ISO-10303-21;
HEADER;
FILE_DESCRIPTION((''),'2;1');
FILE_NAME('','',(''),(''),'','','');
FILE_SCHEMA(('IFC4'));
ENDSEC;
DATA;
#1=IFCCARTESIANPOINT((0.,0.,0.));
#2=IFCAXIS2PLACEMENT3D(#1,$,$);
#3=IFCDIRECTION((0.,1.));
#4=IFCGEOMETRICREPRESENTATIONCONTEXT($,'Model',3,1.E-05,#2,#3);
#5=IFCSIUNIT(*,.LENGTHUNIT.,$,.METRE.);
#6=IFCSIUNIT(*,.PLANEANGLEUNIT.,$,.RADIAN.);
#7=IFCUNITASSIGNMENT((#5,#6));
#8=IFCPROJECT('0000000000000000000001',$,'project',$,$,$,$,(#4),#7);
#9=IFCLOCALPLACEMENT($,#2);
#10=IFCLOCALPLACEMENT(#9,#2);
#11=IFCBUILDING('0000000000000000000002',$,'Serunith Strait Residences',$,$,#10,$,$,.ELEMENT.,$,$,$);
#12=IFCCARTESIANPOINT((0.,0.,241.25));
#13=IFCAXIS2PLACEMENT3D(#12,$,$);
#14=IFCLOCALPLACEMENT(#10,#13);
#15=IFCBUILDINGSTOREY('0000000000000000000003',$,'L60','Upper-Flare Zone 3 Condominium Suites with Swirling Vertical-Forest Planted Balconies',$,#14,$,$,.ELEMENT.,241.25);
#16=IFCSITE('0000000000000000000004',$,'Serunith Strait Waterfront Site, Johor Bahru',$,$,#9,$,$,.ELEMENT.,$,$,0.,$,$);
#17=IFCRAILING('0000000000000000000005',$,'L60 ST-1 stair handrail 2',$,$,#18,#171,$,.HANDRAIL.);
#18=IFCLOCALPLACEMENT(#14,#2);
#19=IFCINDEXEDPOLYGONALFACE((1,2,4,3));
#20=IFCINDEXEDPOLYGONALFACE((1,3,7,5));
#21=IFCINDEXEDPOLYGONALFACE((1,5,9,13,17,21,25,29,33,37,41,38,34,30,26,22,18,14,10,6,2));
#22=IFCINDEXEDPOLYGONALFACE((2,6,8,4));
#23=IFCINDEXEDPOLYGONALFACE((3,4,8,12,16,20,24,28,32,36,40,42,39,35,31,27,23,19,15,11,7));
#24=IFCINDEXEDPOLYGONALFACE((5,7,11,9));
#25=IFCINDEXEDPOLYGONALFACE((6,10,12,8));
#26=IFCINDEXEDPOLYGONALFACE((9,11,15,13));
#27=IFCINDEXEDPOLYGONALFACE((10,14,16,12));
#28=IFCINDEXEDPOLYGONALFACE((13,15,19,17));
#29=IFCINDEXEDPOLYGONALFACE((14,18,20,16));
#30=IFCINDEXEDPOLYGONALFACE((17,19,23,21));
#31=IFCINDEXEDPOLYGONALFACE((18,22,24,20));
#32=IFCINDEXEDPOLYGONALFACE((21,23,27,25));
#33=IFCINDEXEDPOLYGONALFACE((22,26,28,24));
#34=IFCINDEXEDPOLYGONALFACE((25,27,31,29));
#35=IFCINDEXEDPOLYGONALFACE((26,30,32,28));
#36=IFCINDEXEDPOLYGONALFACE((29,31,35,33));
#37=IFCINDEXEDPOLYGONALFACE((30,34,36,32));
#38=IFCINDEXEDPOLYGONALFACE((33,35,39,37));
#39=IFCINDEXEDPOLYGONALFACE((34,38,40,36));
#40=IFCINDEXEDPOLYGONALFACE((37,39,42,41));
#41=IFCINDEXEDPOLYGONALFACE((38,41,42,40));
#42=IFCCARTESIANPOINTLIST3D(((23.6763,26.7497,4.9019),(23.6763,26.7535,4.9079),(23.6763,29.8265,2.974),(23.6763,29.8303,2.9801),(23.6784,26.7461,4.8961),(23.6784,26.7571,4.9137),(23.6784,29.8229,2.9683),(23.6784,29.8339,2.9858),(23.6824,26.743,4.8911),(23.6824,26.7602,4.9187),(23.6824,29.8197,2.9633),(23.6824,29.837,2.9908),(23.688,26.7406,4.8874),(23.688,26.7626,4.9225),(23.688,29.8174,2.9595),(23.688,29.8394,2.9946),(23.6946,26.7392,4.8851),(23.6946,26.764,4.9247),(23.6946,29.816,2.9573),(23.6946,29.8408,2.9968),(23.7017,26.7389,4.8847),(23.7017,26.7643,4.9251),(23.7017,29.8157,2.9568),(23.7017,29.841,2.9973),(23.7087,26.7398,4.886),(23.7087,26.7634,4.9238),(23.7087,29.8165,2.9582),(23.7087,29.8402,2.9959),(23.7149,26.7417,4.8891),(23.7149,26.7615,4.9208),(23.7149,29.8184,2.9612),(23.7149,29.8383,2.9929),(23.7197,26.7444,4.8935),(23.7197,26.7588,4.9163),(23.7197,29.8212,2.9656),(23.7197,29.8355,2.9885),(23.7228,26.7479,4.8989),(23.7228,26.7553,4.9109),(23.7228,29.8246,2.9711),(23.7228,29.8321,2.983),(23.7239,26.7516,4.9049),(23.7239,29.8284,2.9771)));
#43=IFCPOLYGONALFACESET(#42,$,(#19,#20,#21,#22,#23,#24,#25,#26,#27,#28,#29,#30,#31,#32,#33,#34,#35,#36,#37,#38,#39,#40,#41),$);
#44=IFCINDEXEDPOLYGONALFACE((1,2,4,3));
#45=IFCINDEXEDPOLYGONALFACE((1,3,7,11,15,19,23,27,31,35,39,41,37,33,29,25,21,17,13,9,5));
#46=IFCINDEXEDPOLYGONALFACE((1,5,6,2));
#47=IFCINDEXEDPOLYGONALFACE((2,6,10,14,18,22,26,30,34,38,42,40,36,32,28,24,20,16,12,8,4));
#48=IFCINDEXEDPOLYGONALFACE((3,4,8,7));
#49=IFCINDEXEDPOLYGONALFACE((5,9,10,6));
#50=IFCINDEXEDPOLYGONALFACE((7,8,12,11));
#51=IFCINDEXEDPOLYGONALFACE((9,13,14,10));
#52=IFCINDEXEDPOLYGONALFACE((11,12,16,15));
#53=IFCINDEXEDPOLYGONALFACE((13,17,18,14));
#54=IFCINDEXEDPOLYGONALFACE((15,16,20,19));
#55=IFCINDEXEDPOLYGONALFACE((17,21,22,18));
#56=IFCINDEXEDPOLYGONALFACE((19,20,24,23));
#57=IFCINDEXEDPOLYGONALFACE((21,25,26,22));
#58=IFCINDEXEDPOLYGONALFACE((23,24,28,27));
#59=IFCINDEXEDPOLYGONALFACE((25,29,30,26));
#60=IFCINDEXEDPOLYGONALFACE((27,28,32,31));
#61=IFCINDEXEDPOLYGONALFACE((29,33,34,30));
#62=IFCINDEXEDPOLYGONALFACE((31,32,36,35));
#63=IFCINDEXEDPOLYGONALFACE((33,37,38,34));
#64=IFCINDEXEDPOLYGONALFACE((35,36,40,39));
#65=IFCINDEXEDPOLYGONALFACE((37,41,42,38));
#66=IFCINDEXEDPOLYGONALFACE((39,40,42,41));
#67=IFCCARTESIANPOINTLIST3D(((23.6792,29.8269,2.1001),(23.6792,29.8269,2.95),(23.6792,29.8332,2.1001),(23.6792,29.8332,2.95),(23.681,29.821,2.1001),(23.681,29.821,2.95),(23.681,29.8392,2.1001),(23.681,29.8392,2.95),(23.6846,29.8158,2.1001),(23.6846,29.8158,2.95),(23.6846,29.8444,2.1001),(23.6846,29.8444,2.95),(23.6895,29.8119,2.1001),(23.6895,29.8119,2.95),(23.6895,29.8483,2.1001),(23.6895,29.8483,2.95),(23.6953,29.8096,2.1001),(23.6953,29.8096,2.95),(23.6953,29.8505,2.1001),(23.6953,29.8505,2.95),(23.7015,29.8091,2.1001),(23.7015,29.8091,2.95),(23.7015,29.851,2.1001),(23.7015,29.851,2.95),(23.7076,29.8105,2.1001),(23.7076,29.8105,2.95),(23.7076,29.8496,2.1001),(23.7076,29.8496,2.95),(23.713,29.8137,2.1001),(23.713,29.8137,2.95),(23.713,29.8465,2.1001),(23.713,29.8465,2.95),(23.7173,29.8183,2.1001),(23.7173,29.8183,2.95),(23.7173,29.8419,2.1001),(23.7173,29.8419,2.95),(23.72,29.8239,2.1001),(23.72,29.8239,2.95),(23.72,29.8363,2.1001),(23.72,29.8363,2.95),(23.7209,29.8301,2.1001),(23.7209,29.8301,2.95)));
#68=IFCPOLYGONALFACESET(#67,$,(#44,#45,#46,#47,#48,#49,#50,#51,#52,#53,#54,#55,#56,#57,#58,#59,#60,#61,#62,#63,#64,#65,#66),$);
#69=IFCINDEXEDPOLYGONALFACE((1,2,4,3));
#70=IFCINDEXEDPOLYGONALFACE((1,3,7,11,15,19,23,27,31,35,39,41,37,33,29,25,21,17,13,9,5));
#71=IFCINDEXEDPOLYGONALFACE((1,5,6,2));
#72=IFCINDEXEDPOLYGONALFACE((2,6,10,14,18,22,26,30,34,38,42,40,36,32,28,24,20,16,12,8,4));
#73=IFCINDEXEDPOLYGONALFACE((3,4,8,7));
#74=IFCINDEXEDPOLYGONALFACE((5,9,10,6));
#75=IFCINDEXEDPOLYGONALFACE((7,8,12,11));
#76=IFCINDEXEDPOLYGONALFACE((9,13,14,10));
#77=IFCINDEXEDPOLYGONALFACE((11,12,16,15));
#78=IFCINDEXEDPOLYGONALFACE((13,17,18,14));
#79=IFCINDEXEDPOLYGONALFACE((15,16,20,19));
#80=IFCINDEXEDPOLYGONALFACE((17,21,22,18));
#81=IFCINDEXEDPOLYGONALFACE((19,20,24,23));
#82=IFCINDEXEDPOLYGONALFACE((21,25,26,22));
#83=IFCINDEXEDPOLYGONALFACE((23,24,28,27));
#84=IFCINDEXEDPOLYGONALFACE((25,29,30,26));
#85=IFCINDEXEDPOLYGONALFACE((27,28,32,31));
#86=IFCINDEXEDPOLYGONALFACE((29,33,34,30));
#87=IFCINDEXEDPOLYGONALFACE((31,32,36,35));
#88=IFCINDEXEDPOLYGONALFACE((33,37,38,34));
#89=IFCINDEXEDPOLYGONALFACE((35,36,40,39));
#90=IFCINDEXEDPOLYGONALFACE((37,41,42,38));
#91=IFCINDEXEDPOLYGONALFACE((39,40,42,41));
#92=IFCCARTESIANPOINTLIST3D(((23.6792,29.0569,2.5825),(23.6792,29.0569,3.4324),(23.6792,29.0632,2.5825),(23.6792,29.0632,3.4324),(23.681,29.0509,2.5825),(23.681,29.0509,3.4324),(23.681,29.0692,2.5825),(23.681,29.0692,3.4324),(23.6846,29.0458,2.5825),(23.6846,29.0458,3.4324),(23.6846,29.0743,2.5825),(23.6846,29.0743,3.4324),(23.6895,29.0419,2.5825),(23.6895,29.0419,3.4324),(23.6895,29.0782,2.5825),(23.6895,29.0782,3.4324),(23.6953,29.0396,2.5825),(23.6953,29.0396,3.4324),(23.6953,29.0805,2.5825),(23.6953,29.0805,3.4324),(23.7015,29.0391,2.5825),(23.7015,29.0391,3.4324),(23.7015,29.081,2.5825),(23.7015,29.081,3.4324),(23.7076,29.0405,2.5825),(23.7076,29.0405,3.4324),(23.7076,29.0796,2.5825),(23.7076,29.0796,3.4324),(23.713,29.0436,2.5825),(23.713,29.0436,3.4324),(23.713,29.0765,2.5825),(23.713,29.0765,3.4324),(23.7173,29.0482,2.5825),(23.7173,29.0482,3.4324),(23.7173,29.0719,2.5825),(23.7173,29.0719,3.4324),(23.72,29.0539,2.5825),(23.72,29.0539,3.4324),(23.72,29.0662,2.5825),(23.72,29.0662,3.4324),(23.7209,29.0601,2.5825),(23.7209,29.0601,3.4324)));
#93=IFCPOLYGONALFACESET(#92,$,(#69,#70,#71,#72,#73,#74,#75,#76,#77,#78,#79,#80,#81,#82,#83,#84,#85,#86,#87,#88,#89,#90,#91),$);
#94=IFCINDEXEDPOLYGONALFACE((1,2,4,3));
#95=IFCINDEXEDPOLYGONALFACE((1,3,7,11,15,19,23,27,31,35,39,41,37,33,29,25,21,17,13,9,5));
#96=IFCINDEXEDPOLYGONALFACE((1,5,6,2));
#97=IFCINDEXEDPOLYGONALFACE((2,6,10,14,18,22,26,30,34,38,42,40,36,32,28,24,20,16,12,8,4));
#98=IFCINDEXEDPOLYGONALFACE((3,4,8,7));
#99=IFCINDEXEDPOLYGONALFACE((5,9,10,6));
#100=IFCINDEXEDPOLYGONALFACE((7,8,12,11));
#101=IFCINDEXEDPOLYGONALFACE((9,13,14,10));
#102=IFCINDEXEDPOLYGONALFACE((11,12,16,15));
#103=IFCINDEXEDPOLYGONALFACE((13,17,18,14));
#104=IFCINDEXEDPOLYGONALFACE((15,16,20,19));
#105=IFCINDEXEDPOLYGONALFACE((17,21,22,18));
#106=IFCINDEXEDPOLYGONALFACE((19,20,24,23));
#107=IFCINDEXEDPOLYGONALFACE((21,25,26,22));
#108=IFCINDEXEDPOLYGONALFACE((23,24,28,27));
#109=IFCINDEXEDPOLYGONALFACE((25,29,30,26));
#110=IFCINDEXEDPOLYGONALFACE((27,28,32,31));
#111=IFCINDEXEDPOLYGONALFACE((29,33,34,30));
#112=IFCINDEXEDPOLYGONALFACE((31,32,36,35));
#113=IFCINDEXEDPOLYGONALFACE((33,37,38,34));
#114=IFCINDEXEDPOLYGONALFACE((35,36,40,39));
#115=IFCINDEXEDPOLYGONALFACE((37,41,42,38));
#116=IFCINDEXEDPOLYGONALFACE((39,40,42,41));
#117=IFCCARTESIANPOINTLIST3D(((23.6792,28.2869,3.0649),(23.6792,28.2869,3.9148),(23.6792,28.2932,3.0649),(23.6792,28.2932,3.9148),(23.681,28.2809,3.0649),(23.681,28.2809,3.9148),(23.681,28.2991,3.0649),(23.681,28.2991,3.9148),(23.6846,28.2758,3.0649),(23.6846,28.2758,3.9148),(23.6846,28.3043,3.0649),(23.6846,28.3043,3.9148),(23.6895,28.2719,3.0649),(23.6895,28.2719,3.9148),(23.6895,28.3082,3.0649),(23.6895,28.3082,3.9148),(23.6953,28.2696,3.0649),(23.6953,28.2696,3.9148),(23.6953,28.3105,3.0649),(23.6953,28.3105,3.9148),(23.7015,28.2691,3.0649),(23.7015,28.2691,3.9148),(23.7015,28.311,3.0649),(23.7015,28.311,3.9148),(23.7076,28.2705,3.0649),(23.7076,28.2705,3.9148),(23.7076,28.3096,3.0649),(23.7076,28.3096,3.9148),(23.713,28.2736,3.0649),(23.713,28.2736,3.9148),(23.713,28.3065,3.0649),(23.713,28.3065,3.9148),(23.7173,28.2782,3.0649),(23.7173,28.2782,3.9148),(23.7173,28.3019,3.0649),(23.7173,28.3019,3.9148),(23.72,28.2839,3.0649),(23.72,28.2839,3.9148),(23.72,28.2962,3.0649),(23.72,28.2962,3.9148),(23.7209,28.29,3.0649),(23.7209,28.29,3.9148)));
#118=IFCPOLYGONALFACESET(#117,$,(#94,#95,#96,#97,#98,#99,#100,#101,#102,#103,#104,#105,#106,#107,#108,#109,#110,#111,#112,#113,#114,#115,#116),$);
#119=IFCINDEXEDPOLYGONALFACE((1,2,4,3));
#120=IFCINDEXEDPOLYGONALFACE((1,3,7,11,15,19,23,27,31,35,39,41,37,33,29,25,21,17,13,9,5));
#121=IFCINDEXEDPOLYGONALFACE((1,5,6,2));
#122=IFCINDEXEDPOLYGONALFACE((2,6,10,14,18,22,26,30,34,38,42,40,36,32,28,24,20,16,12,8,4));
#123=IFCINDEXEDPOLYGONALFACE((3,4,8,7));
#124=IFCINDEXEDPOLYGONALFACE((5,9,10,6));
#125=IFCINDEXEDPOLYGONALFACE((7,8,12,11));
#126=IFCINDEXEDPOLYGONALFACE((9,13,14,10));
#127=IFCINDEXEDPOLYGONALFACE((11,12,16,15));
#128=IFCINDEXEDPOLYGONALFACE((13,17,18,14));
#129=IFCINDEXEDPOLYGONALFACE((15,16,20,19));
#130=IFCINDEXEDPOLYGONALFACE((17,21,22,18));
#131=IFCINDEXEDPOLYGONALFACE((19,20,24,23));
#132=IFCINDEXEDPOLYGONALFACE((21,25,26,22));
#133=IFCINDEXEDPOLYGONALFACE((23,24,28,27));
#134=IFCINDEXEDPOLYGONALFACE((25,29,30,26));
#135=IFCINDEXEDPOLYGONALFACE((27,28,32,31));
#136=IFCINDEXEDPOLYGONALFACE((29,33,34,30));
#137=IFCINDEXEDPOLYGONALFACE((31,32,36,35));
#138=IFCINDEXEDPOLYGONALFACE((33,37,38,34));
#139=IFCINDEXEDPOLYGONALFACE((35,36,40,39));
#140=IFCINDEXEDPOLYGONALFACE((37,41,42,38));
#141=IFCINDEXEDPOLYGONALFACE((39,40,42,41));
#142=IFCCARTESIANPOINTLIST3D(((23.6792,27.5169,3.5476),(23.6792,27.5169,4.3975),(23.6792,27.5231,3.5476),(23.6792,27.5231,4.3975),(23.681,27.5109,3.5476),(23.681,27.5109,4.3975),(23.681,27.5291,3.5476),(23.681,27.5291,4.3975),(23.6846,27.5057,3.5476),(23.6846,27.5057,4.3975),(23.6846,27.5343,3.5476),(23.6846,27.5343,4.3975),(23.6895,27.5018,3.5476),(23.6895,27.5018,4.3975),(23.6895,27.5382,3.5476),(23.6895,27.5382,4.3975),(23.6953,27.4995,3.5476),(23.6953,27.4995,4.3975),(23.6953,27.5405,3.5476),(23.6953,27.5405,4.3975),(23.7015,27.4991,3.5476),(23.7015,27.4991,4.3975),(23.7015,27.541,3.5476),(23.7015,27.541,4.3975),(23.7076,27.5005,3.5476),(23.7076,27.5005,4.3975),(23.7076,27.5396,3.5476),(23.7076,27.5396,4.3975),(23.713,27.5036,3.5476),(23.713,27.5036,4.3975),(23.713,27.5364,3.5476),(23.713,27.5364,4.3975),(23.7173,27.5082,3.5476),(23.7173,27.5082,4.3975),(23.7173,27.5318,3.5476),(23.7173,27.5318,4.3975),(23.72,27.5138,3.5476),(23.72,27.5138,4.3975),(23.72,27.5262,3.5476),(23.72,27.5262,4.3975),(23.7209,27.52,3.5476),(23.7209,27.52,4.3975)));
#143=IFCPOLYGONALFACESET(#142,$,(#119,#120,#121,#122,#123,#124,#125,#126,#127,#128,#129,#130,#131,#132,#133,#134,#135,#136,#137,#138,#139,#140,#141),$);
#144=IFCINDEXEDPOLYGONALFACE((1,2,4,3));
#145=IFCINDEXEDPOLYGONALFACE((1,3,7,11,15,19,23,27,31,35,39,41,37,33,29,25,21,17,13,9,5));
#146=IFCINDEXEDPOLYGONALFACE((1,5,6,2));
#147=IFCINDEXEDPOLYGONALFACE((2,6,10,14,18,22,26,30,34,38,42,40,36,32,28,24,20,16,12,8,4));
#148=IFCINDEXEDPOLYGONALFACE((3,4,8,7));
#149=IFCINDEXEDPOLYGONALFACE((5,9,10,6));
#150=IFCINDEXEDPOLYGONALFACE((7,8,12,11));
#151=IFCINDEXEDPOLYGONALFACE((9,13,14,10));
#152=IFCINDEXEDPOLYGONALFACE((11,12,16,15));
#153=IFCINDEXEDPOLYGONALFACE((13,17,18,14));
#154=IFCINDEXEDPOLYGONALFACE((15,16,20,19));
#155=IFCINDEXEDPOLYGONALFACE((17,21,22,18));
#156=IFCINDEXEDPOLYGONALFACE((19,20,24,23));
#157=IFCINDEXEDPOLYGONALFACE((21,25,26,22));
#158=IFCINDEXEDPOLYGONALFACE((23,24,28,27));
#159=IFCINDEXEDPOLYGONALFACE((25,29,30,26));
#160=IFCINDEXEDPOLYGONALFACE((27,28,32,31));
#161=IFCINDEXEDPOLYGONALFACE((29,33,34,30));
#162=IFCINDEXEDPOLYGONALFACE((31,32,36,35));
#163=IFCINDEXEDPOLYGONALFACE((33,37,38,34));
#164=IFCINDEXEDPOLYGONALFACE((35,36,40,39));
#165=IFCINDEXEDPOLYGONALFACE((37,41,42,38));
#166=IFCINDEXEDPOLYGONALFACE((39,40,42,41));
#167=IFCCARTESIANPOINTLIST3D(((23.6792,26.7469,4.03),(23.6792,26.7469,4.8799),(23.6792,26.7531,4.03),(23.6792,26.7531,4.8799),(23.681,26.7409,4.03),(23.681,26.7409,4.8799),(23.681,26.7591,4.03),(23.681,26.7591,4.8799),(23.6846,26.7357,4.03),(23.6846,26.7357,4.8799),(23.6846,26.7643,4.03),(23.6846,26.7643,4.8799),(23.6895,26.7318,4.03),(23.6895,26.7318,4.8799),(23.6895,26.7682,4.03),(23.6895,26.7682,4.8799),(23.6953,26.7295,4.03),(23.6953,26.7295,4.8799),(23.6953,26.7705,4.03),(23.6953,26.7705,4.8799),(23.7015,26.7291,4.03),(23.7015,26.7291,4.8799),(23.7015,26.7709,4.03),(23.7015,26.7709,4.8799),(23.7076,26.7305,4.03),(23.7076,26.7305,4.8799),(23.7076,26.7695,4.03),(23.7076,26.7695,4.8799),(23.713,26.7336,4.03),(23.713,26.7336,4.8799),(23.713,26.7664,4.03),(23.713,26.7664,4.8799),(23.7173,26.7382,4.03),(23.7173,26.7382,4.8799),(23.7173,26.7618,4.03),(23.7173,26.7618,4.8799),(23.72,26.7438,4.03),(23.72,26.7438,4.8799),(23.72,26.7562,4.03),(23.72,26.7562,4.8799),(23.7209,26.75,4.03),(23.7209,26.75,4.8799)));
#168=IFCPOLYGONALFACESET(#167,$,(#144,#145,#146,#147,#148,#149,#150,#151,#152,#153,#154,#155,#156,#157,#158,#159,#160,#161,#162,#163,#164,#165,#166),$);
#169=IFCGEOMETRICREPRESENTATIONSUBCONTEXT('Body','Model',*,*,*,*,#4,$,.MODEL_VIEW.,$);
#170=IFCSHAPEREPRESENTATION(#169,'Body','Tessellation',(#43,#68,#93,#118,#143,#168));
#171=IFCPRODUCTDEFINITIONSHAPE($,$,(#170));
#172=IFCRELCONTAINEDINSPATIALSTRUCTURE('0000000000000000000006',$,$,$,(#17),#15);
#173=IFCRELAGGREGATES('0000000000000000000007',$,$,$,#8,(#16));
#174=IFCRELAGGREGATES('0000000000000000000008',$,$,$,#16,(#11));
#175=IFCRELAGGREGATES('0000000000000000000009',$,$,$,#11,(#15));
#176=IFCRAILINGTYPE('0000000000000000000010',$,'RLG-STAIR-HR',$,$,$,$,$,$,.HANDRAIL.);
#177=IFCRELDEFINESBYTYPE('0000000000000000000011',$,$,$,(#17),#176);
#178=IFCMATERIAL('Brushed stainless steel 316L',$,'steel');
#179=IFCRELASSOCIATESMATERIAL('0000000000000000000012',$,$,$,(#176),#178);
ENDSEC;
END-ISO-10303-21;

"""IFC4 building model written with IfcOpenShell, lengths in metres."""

from ifc_helpers import new_model, si_unit, direction, frame, origin, origin_2d, place, context, subcontext, project, spatial, circle, extrude, material, type_object, element, save


model = new_model("IFC4")

# Units and contexts
model_context = context("Model", 3, precision=1e-05, world=origin(), true_north=direction((0.0, 1.0)))
body_context = subcontext(model_context, "Body", "Model", "MODEL_VIEW")
ifc_project = project(units=[si_unit("LENGTHUNIT", "METRE"), si_unit("PLANEANGLEUNIT", "RADIAN")], contexts=[model_context])

# Site, building, storey
site_placement = place(None, origin())
site = spatial("IfcSite", under=ifc_project, at=site_placement, Name="Serunith Strait Waterfront Site, Johor Bahru", CompositionType="ELEMENT", RefElevation=0.0)
building_placement = place(site_placement, origin())
building = spatial("IfcBuilding", under=site, at=building_placement, Name="Serunith Strait Residences", CompositionType="ELEMENT")
storey_placement = place(building_placement, frame((0.0, 0.0, 241.25)))
storey = spatial("IfcBuildingStorey", under=building, at=storey_placement, Name="L60", Description="Upper-Flare Zone 3 Condominium Suites with Swirling Vertical-Forest Planted Balconies", CompositionType="ELEMENT", Elevation=241.25)

# Railing
ifc_material_1 = material(Name="Brushed stainless steel 316L", Category="steel")
railing_type_1 = type_object("IfcRailingType", Name="RLG-STAIR-HR", PredefinedType="HANDRAIL", material=ifc_material_1)
railing_1_placement = place(storey_placement, frame((23.7, 29.8301, 2.1001)))
element("IfcRailing", 1, at=railing_1_placement, inside=storey, type_object=railing_type_1, Name="L60 ST-1 stair handrail 2", PredefinedType="HANDRAIL", context=body_context, shape_type="SweptSolid", body=[
    extrude(circle(Radius=0.0239, at=origin_2d()), frame((0.0, -0.0017, 0.877), z_axis=(0.0, -0.847394, 0.530965), x_axis=(1.0, 0.0, 0.0)), (0.0, 0.0, 1.0), 3.6309),
    extrude(circle(Radius=0.021, at=origin_2d()), origin(), (0.0, 0.0, 1.0), 0.8499),
    extrude(circle(Radius=0.021, at=origin_2d()), frame((0.0, -0.77, 0.4824)), (0.0, 0.0, 1.0), 0.8499),
    extrude(circle(Radius=0.021, at=origin_2d()), frame((0.0, -1.54, 0.9648)), (0.0, 0.0, 1.0), 0.8499),
    extrude(circle(Radius=0.021, at=origin_2d()), frame((0.0, -2.3101, 1.4475)), (0.0, 0.0, 1.0), 0.8499),
    extrude(circle(Radius=0.021, at=origin_2d()), frame((0.0, -3.0801, 1.9299)), (0.0, 0.0, 1.0), 0.8499),
])

save(model, "model.ifc")
